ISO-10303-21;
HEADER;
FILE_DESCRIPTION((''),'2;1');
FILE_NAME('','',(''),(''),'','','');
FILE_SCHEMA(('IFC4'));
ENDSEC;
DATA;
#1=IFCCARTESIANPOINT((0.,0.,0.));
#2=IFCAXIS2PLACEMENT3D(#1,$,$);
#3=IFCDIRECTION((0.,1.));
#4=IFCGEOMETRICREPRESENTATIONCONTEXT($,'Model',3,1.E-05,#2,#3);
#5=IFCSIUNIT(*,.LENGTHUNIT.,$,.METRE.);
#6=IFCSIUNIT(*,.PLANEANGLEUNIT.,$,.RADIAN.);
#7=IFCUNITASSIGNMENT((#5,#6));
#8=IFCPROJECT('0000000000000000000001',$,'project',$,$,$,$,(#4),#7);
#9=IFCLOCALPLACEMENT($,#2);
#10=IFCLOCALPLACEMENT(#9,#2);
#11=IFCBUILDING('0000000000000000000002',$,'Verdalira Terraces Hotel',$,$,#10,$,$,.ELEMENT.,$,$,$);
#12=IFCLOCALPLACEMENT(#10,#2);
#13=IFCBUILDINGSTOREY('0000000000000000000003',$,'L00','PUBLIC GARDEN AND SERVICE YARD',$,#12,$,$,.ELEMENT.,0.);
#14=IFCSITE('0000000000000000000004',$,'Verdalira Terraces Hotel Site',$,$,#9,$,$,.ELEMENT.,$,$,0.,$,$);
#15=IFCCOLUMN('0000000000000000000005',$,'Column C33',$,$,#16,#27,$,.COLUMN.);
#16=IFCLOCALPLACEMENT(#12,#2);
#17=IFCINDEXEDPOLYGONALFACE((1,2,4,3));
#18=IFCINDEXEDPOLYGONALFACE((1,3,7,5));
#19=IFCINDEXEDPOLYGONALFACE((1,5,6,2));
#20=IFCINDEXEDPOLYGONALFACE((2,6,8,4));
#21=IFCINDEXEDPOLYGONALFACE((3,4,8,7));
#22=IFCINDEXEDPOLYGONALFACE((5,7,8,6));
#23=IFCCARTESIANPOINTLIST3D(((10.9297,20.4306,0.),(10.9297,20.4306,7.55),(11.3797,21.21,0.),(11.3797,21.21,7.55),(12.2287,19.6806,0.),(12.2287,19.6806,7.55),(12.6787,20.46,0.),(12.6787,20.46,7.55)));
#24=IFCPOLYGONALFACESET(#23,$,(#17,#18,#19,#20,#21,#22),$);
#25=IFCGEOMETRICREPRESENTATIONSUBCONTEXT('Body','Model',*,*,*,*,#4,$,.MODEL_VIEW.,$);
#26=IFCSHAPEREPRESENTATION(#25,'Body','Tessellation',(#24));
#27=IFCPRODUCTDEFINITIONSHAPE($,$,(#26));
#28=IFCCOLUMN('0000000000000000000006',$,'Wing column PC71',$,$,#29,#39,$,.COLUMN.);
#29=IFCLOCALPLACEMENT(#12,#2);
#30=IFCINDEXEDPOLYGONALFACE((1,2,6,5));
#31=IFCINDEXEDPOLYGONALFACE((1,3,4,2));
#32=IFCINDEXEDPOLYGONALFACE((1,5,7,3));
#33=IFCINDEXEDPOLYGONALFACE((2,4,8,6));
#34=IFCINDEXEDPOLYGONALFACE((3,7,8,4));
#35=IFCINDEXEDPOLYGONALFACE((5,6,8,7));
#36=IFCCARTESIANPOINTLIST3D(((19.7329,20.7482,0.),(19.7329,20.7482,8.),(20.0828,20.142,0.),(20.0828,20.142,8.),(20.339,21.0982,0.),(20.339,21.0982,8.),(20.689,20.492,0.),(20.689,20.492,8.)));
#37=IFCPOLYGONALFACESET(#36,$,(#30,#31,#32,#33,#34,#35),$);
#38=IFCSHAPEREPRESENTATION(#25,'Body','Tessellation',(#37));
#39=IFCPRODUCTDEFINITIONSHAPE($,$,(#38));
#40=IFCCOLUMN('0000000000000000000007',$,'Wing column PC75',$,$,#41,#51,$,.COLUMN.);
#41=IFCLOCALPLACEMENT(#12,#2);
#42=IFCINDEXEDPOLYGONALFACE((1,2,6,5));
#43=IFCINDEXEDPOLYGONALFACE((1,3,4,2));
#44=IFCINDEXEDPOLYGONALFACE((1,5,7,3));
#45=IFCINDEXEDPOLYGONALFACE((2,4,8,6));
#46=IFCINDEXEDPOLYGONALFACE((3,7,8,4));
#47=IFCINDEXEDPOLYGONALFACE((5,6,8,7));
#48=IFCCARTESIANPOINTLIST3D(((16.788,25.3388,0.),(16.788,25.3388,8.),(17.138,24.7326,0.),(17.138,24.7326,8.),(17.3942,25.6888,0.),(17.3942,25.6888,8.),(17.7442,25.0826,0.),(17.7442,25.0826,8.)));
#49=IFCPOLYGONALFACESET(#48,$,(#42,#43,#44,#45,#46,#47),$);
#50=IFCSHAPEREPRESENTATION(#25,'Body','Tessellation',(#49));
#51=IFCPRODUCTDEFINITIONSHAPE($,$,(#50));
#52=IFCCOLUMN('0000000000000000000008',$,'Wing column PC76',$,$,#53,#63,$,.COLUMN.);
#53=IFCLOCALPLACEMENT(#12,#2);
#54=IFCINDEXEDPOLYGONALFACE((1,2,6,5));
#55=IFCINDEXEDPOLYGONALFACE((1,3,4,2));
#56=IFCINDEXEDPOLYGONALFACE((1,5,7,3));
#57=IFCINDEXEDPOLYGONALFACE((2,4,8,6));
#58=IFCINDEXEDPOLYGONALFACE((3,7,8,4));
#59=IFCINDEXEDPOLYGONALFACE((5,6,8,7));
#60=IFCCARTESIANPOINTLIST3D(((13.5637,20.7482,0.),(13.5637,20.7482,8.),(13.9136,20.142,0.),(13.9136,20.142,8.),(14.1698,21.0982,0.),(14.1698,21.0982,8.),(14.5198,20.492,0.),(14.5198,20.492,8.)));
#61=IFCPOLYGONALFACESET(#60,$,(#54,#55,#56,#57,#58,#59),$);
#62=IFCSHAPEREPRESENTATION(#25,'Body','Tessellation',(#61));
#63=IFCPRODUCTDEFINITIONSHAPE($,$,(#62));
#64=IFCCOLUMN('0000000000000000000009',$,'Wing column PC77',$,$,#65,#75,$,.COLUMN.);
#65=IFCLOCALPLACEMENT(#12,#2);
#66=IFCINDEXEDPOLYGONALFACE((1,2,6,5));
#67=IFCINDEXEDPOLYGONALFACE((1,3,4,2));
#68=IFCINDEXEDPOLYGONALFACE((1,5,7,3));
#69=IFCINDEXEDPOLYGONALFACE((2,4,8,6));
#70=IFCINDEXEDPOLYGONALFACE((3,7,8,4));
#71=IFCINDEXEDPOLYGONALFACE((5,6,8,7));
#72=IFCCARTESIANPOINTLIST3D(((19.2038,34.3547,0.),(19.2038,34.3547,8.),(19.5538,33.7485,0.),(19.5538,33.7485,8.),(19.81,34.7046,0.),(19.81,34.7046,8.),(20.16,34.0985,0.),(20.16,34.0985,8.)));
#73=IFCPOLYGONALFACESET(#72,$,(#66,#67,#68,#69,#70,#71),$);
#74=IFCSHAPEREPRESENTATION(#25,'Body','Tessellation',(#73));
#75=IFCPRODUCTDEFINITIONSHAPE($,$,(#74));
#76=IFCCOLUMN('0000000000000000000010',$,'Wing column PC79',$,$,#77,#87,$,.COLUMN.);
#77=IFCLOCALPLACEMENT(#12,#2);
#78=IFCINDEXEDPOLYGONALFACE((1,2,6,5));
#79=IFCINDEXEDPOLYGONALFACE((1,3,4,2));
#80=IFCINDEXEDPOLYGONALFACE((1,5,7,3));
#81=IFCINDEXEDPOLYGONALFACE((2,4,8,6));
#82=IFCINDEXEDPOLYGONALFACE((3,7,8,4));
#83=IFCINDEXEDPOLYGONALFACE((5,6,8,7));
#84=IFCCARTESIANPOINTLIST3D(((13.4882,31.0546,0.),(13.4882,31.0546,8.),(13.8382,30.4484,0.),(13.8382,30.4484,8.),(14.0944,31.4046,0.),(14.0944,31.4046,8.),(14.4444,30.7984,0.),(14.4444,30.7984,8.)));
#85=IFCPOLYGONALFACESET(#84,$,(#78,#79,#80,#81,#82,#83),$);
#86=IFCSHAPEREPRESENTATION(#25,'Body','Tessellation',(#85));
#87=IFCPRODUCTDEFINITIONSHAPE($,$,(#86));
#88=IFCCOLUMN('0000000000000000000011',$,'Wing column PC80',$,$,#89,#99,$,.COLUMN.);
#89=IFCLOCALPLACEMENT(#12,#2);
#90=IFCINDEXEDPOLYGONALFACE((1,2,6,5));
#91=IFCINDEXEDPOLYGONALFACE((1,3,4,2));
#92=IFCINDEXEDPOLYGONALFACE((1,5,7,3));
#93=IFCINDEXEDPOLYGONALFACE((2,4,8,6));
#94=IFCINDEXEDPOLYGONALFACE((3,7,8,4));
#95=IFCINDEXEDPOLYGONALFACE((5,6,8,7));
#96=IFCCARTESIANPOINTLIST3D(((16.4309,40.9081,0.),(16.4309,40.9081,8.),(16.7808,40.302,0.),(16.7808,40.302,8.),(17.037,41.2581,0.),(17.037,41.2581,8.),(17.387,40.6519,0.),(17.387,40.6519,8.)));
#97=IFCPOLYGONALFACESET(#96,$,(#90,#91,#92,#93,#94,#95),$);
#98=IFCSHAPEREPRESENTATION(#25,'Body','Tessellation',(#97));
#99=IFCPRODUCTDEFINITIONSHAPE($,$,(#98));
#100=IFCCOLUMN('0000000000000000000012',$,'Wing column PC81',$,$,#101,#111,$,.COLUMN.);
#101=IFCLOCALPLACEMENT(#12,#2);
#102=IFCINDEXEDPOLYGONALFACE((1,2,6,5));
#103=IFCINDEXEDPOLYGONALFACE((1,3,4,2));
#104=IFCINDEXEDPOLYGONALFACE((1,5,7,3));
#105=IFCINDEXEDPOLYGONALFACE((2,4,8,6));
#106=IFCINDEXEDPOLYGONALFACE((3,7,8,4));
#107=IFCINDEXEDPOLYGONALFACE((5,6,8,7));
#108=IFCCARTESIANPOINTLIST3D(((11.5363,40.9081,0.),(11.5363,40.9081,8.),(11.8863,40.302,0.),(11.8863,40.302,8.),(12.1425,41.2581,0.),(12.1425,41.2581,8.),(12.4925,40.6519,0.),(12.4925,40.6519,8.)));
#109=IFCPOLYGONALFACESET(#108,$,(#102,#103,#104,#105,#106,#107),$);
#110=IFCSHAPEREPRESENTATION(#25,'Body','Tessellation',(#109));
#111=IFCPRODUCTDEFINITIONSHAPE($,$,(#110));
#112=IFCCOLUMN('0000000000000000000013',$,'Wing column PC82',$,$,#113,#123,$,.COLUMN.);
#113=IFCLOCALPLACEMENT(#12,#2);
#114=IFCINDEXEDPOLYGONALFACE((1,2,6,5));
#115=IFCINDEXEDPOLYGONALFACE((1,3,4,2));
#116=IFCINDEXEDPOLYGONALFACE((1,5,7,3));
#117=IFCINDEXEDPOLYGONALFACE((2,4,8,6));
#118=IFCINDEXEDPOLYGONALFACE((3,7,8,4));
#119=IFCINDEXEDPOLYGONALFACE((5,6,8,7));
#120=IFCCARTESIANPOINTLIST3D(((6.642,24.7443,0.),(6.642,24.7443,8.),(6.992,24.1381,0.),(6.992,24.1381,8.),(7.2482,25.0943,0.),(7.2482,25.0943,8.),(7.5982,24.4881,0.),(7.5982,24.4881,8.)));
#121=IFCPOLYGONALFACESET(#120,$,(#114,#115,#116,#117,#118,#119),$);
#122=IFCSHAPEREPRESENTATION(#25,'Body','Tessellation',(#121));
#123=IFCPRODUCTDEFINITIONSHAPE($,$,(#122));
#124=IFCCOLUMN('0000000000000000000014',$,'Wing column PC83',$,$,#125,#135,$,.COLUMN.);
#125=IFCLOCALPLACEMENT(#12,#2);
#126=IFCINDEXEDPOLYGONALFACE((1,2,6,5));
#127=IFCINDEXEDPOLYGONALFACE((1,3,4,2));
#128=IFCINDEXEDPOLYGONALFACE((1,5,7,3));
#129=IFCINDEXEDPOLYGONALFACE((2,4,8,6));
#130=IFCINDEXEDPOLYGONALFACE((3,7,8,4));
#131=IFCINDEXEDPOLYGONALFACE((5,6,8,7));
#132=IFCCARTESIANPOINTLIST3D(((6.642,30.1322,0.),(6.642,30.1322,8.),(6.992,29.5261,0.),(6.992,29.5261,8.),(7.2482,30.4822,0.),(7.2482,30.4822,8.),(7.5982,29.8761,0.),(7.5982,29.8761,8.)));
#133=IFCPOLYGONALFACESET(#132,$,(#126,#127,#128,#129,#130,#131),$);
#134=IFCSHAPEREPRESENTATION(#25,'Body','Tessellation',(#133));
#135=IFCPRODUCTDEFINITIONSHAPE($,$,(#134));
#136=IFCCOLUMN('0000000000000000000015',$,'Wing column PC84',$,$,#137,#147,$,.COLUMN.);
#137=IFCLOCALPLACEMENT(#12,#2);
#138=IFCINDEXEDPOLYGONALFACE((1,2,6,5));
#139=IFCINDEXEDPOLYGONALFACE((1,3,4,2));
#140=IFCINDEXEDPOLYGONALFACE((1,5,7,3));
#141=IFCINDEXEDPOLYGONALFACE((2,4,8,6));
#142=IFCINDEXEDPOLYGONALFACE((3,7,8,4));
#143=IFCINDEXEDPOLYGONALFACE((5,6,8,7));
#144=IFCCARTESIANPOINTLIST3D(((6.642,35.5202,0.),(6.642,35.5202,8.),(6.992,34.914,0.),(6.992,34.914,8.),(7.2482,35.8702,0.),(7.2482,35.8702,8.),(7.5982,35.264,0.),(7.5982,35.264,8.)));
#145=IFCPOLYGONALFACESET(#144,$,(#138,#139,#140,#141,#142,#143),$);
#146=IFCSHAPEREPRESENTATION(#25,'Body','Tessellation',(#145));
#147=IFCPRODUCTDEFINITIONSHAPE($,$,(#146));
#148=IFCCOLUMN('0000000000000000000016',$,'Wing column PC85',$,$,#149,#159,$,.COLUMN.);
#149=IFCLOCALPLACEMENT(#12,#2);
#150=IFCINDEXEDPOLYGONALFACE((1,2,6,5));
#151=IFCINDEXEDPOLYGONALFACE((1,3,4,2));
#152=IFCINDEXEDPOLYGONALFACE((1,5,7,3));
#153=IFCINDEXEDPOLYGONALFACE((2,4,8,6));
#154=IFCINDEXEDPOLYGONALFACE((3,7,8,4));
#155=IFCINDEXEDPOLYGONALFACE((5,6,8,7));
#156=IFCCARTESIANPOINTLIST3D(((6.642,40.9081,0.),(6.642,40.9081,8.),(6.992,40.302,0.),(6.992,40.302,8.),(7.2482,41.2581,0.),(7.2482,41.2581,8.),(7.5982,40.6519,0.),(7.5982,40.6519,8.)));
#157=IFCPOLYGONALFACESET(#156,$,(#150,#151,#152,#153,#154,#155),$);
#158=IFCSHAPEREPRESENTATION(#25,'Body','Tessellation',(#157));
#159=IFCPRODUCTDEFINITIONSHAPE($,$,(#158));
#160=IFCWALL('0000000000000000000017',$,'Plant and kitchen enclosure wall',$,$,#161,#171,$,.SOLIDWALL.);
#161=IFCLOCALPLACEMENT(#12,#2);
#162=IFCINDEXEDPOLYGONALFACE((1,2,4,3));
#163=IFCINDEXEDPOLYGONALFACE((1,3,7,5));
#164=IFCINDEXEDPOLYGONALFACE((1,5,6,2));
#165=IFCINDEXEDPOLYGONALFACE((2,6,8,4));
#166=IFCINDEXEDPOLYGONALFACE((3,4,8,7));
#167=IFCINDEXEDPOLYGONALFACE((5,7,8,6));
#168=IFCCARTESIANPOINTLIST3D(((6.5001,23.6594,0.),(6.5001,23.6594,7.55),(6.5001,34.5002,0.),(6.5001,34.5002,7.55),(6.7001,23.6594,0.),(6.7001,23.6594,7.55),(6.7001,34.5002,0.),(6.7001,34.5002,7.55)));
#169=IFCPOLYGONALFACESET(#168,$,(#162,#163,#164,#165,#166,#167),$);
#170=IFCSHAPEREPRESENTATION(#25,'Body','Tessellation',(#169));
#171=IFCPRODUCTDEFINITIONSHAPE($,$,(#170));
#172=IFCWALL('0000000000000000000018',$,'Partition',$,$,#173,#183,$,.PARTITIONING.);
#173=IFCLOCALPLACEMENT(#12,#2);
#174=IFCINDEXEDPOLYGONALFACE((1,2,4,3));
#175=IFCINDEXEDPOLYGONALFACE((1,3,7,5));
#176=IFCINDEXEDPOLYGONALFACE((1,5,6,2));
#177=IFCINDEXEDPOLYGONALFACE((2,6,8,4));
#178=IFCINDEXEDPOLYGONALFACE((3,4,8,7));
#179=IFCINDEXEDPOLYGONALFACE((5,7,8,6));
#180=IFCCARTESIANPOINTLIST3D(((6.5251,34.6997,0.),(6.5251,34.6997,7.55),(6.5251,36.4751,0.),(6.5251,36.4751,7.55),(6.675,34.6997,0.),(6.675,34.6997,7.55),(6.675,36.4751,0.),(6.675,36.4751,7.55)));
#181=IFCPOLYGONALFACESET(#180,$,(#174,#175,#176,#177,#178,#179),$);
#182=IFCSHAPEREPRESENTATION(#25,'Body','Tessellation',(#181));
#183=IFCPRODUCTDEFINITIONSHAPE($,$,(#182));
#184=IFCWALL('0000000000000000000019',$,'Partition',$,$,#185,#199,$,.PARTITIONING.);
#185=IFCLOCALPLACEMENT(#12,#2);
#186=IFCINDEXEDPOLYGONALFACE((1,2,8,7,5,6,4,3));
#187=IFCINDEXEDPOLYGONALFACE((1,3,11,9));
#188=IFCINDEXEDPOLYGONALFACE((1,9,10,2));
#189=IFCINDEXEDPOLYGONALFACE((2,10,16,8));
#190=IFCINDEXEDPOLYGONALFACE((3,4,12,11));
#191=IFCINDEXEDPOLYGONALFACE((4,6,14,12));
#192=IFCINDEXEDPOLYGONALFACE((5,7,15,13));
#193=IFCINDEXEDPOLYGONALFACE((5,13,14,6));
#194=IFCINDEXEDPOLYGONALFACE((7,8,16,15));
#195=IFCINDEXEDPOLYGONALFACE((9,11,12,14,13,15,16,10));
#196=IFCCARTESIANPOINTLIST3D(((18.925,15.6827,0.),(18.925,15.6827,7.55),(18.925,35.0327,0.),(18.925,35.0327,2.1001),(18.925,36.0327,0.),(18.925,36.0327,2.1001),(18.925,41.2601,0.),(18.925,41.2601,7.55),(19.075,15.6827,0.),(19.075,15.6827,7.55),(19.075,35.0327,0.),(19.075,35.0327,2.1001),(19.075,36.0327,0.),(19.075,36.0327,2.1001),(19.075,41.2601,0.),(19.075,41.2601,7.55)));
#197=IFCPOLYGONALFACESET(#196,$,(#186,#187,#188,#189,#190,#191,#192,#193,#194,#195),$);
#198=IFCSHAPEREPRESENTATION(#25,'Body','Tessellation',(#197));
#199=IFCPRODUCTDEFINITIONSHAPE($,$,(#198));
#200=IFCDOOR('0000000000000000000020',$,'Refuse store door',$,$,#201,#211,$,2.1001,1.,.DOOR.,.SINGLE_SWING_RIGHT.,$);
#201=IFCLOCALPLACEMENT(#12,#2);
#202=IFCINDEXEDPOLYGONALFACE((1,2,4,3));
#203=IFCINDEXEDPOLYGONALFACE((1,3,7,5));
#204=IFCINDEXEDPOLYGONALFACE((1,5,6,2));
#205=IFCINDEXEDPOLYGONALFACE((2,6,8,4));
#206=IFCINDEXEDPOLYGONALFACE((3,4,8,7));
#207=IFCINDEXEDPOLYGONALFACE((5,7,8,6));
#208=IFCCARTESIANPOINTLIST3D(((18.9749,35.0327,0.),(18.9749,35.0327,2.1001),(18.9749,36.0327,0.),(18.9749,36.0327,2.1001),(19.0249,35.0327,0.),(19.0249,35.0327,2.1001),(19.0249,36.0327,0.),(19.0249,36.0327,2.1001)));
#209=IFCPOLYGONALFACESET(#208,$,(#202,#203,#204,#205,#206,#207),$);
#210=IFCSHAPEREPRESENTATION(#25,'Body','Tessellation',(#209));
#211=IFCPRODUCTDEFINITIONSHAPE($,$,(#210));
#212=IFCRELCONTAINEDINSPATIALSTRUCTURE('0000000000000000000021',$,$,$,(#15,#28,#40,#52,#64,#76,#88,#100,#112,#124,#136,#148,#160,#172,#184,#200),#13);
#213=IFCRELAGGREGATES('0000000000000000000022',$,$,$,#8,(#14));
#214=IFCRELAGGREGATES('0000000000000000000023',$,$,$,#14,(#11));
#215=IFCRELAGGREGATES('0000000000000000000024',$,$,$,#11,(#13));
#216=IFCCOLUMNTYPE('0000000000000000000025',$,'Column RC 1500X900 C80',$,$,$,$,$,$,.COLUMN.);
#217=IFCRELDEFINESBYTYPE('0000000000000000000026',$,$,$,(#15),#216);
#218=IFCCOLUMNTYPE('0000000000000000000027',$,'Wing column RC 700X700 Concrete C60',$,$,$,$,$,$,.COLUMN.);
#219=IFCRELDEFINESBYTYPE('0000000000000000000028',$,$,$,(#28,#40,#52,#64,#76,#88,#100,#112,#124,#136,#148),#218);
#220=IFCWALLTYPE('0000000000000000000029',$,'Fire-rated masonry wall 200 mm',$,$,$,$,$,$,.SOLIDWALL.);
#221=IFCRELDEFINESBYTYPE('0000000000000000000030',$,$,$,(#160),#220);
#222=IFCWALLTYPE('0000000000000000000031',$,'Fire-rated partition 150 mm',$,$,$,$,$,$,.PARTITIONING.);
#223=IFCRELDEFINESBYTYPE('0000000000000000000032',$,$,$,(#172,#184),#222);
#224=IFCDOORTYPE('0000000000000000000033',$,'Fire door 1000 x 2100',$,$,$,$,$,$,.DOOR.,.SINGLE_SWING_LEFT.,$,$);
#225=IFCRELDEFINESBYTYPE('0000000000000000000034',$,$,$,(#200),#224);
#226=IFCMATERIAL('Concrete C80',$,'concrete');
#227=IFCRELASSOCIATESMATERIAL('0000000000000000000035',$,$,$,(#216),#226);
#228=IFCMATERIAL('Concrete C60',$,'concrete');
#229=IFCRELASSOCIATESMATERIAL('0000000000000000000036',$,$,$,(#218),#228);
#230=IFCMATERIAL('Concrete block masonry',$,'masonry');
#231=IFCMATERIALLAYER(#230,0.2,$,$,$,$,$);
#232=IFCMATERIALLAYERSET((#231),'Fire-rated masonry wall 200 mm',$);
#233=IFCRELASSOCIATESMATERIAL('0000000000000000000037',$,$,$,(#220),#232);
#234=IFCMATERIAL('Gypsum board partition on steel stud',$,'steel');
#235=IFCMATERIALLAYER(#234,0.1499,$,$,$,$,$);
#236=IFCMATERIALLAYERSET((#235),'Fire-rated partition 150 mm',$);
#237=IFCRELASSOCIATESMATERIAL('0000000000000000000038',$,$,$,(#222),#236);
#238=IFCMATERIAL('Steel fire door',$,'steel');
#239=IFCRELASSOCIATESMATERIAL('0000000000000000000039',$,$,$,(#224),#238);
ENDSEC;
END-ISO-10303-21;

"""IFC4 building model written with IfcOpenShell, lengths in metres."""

from ifc_helpers import new_model, si_unit, direction, frame, frame_2d, origin, origin_2d, place, context, subcontext, project, spatial, rectangle, extrude, material, layer, layer_set, material_profile, profile_set, type_object, element, fill, save


model = new_model("IFC4")

# Units and contexts
model_context = context("Model", 3, precision=1e-05, world=origin(), true_north=direction((0.0, 1.0)))
body_context = subcontext(model_context, "Body", "Model", "MODEL_VIEW")
ifc_project = project(units=[si_unit("LENGTHUNIT", "METRE"), si_unit("PLANEANGLEUNIT", "RADIAN")], contexts=[model_context])

# Site, building, storey
site_placement = place(None, origin())
site = spatial("IfcSite", under=ifc_project, at=site_placement, Name="Verdalira Terraces Hotel Site", CompositionType="ELEMENT", RefElevation=0.0)
building_placement = place(site_placement, origin())
building = spatial("IfcBuilding", under=site, at=building_placement, Name="Verdalira Terraces Hotel", CompositionType="ELEMENT")
storey_placement = place(building_placement, origin())
storey = spatial("IfcBuildingStorey", under=building, at=storey_placement, Name="L00", Description="PUBLIC GARDEN AND SERVICE YARD", CompositionType="ELEMENT", Elevation=0.0)

# Columns
ifc_material_1 = material(Name="Concrete C80", Category="concrete")
ifc_material_profile_1 = material_profile(ifc_material_1, rectangle(XDim=1.5, YDim=0.8999, at=origin_2d()), Name="RC 1500X900")
ifc_profile_set_1 = profile_set([ifc_material_profile_1], Name="Concrete C80")
column_type_1 = type_object("IfcColumnType", Name="Column RC 1500X900 C80", PredefinedType="COLUMN", material=ifc_profile_set_1)
column_placement = place(storey_placement, frame((11.8042, 20.4453, 0.0), z_axis=(0.0, 0.0, 1.0), x_axis=(-0.866025, 0.5, 0.0)))
element("IfcColumn", 1, at=column_placement, inside=storey, type_object=column_type_1, Name="Column C33", PredefinedType="COLUMN", context=body_context, shape_type="SweptSolid", body=[
    extrude(rectangle(XDim=1.5, YDim=0.8999, at=origin_2d()), origin(), (0.0, 0.0, 1.0), 7.55),
])
ifc_material_2 = material(Name="Concrete C60", Category="concrete")
ifc_material_profile_2 = material_profile(ifc_material_2, rectangle(XDim=0.7, YDim=0.7, at=origin_2d()), Name="RC 700X700")
ifc_profile_set_2 = profile_set([ifc_material_profile_2], Name="Concrete C60")
column_type_2 = type_object("IfcColumnType", Name="Wing column RC 700X700 Concrete C60", PredefinedType="COLUMN", material=ifc_profile_set_2)
for number, where, z_axis, x_axis, name in (
    (2, (20.2109, 20.6201, 0.0), (0.0, 0.0, 1.0), (0.866025, 0.5, 0.0), "Wing column PC71"),
    (3, (17.2661, 25.2107, 0.0), (0.0, 0.0, 1.0), (0.866025, 0.5, 0.0), "Wing column PC75"),
    (4, (14.0417, 20.6201, 0.0), (0.0, 0.0, 1.0), (0.866025, 0.5, 0.0), "Wing column PC76"),
    (5, (19.6819, 34.2266, 0.0), (0.0, 0.0, 1.0), (0.866025, 0.5, 0.0), "Wing column PC77"),
    (6, (13.9663, 30.9265, 0.0), (0.0, 0.0, 1.0), (0.866025, 0.5, 0.0), "Wing column PC79"),
    (7, (16.9089, 40.78, 0.0), (0.0, 0.0, 1.0), (0.866025, 0.5, 0.0), "Wing column PC80"),
    (8, (12.0144, 40.78, 0.0), (0.0, 0.0, 1.0), (0.866025, 0.5, 0.0), "Wing column PC81"),
    (9, (7.1201, 24.6162, 0.0), (0.0, 0.0, 1.0), (0.866025, 0.5, 0.0), "Wing column PC82"),
    (10, (7.1201, 30.0041, 0.0), (0.0, 0.0, 1.0), (0.866025, 0.5, 0.0), "Wing column PC83"),
    (11, (7.1201, 35.3921, 0.0), (0.0, 0.0, 1.0), (0.866025, 0.5, 0.0), "Wing column PC84"),
    (12, (7.1201, 40.78, 0.0), (0.0, 0.0, 1.0), (0.866025, 0.5, 0.0), "Wing column PC85"),
):
    element("IfcColumn", number, at=place(storey_placement, frame(where, z_axis=z_axis, x_axis=x_axis)), inside=storey, type_object=column_type_2, Name=name, PredefinedType="COLUMN", context=body_context, shape_type="SweptSolid", body=[
        extrude(rectangle(XDim=0.7, YDim=0.7, at=origin_2d()), origin(), (0.0, 0.0, 1.0), 8.0),
    ])

# Walls
ifc_material_3 = material(Name="Concrete block masonry", Category="masonry")
ifc_layer_1 = layer(ifc_material_3, 0.2)
ifc_layer_set_1 = layer_set([ifc_layer_1], Name="Fire-rated masonry wall 200 mm")
wall_type_1 = type_object("IfcWallType", Name="Fire-rated masonry wall 200 mm", PredefinedType="SOLIDWALL", material=ifc_layer_set_1)
wall_1_placement = place(storey_placement, frame((6.6001, 23.6594, 0.0), z_axis=(0.0, 0.0, 1.0), x_axis=(0.0, 1.0, 0.0)))
element("IfcWall", 13, at=wall_1_placement, inside=storey, type_object=wall_type_1, Name="Plant and kitchen enclosure wall", PredefinedType="SOLIDWALL", context=body_context, shape_type="SweptSolid", body=[
    extrude(rectangle(XDim=10.8408, YDim=0.2, at=frame_2d((5.4204, 0.0))), origin(), (0.0, 0.0, 1.0), 7.55),
])
ifc_material_4 = material(Name="Gypsum board partition on steel stud", Category="steel")
ifc_layer_2 = layer(ifc_material_4, 0.1499)
ifc_layer_set_2 = layer_set([ifc_layer_2], Name="Fire-rated partition 150 mm")
wall_type_2 = type_object("IfcWallType", Name="Fire-rated partition 150 mm", PredefinedType="PARTITIONING", material=ifc_layer_set_2)
wall_2_placement = place(storey_placement, frame((6.6001, 34.6997, 0.0), z_axis=(0.0, 0.0, 1.0), x_axis=(0.0, 1.0, 0.0)))
element("IfcWall", 14, at=wall_2_placement, inside=storey, type_object=wall_type_2, Name="Partition", PredefinedType="PARTITIONING", context=body_context, shape_type="SweptSolid", body=[
    extrude(rectangle(XDim=1.7754, YDim=0.1499, at=frame_2d((0.8877, 0.0))), origin(), (0.0, 0.0, 1.0), 7.55),
])

# Wall, opening, door
wall_3_placement = place(storey_placement, frame((19.0, 41.26, 0.0), z_axis=(0.0, 0.0, 1.0), x_axis=(0.0, -1.0, 0.0)))
wall_3 = element("IfcWall", 15, at=wall_3_placement, inside=storey, type_object=wall_type_2, Name="Partition", PredefinedType="PARTITIONING", context=body_context, shape_type="SweptSolid", body=[
    extrude(rectangle(XDim=25.5774, YDim=0.1499, at=frame_2d((12.7886, 0.0))), origin(), (0.0, 0.0, 1.0), 7.55),
])
opening_placement = place(wall_3_placement, frame((5.2273, 0.0, 0.0)))
opening = element("IfcOpeningElement", 16, at=opening_placement, cuts=wall_3, PredefinedType="OPENING", context=body_context, shape_type="SweptSolid", body=[
    extrude(rectangle(XDim=1.0, YDim=2.1001, at=frame_2d((0.5, 1.05))), frame((0.0, 0.085, 0.0), z_axis=(0.0, -1.0, 0.0), x_axis=(1.0, 0.0, 0.0)), (0.0, 0.0, 1.0), 0.1699),
])
ifc_material_5 = material(Name="Steel fire door", Category="steel")
door_type = type_object("IfcDoorType", Name="Fire door 1000 x 2100", OperationType="SINGLE_SWING_LEFT", PredefinedType="DOOR", material=ifc_material_5)
door_placement = place(opening_placement, origin())
door = element("IfcDoor", 17, at=door_placement, inside=storey, type_object=door_type, Name="Refuse store door", OperationType="SINGLE_SWING_RIGHT", OverallHeight=2.1001, OverallWidth=1.0, PredefinedType="DOOR", context=body_context, shape_type="SweptSolid", body=[
    extrude(rectangle(XDim=1.0, YDim=2.1001, at=frame_2d((0.5, 1.05))), frame((0.0, 0.0249, 0.0), z_axis=(0.0, -1.0, 0.0), x_axis=(1.0, 0.0, 0.0)), (0.0, 0.0, 1.0), 0.05),
])
fill(opening, door)

save(model, "model.ifc")
